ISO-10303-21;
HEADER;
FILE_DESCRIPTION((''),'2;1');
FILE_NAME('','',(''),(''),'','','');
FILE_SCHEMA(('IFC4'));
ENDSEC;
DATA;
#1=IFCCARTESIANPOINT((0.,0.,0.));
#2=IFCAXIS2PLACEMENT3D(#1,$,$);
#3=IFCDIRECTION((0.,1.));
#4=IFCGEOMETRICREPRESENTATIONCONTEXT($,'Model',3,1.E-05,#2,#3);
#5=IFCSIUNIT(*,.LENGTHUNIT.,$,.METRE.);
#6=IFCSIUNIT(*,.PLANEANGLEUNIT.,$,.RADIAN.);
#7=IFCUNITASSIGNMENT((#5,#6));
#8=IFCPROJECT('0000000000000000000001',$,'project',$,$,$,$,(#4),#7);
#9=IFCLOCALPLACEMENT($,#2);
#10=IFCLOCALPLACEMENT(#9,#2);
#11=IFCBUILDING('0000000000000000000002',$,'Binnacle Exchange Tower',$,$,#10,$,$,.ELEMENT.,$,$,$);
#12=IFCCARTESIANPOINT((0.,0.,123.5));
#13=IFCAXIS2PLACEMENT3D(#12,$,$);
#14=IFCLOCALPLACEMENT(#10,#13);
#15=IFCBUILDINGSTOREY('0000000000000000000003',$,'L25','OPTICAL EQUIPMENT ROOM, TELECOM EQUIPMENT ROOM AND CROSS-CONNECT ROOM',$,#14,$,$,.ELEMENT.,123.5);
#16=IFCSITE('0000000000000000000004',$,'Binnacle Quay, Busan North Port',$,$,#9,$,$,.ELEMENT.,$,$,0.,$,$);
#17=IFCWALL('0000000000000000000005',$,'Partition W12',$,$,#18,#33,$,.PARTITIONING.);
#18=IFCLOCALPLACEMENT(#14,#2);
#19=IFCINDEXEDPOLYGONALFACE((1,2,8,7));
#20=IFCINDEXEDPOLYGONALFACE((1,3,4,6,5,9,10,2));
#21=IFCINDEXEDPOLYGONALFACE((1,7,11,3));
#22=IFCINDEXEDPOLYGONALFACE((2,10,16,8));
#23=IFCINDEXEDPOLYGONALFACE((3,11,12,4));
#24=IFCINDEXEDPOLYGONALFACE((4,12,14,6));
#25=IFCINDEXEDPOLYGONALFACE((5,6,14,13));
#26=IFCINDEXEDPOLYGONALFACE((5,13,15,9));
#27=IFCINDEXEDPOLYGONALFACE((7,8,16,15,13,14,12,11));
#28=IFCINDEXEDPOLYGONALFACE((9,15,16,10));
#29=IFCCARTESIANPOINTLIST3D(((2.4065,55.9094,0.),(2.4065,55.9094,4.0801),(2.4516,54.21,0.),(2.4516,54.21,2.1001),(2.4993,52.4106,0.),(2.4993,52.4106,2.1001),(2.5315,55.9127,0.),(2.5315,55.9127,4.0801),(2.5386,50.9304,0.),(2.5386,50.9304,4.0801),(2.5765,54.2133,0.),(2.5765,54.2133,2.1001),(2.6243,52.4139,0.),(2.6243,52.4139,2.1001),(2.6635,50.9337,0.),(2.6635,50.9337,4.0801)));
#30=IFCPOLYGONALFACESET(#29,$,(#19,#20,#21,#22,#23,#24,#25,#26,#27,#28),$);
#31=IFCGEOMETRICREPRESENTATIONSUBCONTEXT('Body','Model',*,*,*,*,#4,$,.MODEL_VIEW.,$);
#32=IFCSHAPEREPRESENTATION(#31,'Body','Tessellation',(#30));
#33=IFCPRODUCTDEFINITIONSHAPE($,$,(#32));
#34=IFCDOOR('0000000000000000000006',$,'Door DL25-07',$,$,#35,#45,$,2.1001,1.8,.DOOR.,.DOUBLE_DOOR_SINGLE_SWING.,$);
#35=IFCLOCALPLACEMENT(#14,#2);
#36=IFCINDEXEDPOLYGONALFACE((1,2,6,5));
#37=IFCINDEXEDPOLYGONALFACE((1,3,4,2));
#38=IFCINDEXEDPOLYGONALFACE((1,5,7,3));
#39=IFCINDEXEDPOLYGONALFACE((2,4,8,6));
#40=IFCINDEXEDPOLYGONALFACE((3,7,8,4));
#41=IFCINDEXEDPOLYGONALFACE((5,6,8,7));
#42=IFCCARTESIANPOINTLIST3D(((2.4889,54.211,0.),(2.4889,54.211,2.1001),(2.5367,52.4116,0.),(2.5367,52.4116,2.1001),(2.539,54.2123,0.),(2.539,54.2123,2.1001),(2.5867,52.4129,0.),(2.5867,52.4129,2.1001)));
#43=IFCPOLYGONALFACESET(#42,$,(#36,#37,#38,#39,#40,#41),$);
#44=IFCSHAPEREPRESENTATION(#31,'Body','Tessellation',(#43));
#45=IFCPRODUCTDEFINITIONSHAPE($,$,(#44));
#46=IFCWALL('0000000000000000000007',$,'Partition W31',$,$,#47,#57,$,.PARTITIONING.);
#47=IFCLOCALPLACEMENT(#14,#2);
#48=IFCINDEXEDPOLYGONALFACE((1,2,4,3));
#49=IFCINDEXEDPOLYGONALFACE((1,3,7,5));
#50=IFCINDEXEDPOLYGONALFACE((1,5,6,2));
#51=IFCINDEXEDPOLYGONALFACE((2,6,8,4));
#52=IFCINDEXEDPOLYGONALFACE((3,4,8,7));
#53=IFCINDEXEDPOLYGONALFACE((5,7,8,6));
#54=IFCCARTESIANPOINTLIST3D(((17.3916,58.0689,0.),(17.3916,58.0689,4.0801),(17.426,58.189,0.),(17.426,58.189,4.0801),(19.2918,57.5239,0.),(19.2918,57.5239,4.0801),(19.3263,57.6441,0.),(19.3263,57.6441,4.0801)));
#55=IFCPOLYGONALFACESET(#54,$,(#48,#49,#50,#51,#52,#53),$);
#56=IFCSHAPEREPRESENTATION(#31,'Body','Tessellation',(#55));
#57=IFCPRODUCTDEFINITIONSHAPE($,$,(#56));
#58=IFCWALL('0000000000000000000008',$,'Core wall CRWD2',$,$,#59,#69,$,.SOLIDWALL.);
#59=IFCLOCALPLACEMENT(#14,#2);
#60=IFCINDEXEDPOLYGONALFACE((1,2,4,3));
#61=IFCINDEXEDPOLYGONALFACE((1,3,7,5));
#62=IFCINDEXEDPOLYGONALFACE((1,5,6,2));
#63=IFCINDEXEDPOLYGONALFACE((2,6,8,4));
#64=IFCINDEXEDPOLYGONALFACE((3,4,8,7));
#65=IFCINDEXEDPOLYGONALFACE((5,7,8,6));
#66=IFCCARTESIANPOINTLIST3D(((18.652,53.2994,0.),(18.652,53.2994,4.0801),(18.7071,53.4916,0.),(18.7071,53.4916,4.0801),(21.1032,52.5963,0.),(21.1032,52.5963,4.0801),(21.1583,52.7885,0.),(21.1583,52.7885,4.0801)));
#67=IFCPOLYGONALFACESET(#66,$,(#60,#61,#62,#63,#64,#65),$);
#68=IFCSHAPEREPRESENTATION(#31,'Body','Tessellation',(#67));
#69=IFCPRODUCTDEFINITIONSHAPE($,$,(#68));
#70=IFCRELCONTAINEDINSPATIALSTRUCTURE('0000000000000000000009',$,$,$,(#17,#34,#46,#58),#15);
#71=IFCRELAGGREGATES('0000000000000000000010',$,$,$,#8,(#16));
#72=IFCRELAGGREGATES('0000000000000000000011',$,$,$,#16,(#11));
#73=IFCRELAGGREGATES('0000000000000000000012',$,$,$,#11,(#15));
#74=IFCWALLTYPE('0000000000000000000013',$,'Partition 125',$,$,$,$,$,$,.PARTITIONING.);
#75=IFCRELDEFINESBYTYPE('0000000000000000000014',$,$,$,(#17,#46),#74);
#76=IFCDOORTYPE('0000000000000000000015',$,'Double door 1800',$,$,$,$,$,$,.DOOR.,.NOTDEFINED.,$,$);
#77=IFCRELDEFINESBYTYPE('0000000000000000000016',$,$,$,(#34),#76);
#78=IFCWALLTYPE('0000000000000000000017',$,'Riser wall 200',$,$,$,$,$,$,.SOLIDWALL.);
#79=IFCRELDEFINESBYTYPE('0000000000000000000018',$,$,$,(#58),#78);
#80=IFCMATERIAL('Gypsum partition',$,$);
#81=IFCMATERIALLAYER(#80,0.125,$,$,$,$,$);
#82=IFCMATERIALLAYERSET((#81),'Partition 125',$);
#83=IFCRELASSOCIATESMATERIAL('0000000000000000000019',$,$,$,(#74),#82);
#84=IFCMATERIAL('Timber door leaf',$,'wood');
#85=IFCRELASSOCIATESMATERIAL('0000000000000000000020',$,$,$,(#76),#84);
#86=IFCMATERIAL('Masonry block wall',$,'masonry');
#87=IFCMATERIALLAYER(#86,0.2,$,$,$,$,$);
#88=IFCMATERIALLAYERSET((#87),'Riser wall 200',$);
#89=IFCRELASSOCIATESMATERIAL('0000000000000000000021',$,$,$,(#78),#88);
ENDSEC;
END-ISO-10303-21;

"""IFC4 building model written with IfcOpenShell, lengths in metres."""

from ifc_helpers import new_model, si_unit, direction, frame, frame_2d, origin, place, context, subcontext, project, spatial, rectangle, extrude, material, layer, layer_set, type_object, element, fill, save


model = new_model("IFC4")

# Units and contexts
model_context = context("Model", 3, precision=1e-05, world=origin(), true_north=direction((0.0, 1.0)))
body_context = subcontext(model_context, "Body", "Model", "MODEL_VIEW")
ifc_project = project(units=[si_unit("LENGTHUNIT", "METRE"), si_unit("PLANEANGLEUNIT", "RADIAN")], contexts=[model_context])

# Site, building, storey
site_placement = place(None, origin())
site = spatial("IfcSite", under=ifc_project, at=site_placement, Name="Binnacle Quay, Busan North Port", CompositionType="ELEMENT", RefElevation=0.0)
building_placement = place(site_placement, origin())
building = spatial("IfcBuilding", under=site, at=building_placement, Name="Binnacle Exchange Tower", CompositionType="ELEMENT")
storey_placement = place(building_placement, frame((0.0, 0.0, 123.5)))
storey = spatial("IfcBuildingStorey", under=building, at=storey_placement, Name="L25", Description="OPTICAL EQUIPMENT ROOM, TELECOM EQUIPMENT ROOM AND CROSS-CONNECT ROOM", CompositionType="ELEMENT", Elevation=123.5)

# Shared definitions
ifc_material_1 = material(Name="Gypsum partition")
ifc_layer_1 = layer(ifc_material_1, 0.125)
ifc_layer_set_1 = layer_set([ifc_layer_1], Name="Partition 125")
wall_type_1 = type_object("IfcWallType", Name="Partition 125", PredefinedType="PARTITIONING", material=ifc_layer_set_1)

# Wall, opening, door
wall_1_placement = place(storey_placement, frame((2.469, 55.9109, 0.0), z_axis=(0.0, 0.0, 1.0), x_axis=(0.026518, -0.999648, 0.0)))
wall_1 = element("IfcWall", 1, at=wall_1_placement, inside=storey, type_object=wall_type_1, Name="Partition W12", PredefinedType="PARTITIONING", context=body_context, shape_type="SweptSolid", body=[
    extrude(rectangle(XDim=4.9807, YDim=0.125, at=frame_2d((2.4902, 0.0))), origin(), (0.0, 0.0, 1.0), 4.0801),
])
opening_1_placement = place(wall_1_placement, frame((1.7, 0.0, 0.0)))
opening_1 = element("IfcOpeningElement", 2, at=opening_1_placement, cuts=wall_1, PredefinedType="OPENING", context=body_context, shape_type="SweptSolid", body=[
    extrude(rectangle(XDim=1.8, YDim=2.1001, at=frame_2d((0.8999, 1.05))), frame((0.0, 0.0725, 0.0), z_axis=(0.0, -1.0, 0.0), x_axis=(1.0, 0.0, 0.0)), (0.0, 0.0, 1.0), 0.145),
])
ifc_material_2 = material(Name="Timber door leaf", Category="wood")
door_type = type_object("IfcDoorType", Name="Double door 1800", OperationType="NOTDEFINED", PredefinedType="DOOR", material=ifc_material_2)
door_placement = place(opening_1_placement, origin())
door = element("IfcDoor", 3, at=door_placement, inside=storey, type_object=door_type, Name="Door DL25-07", OperationType="DOUBLE_DOOR_SINGLE_SWING", OverallHeight=2.1001, OverallWidth=1.8, PredefinedType="DOOR", context=body_context, shape_type="SweptSolid", body=[
    extrude(rectangle(XDim=1.8, YDim=2.1001, at=frame_2d((0.8999, 1.05))), frame((0.0, 0.0249, 0.0), z_axis=(0.0, -1.0, 0.0), x_axis=(1.0, 0.0, 0.0)), (0.0, 0.0, 1.0), 0.05),
])
fill(opening_1, door)

# Walls
wall_2_placement = place(storey_placement, frame((17.4089, 58.1289, 0.0), z_axis=(0.0, 0.0, 1.0), x_axis=(0.961253, -0.275667, 0.0)))
element("IfcWall", 4, at=wall_2_placement, inside=storey, type_object=wall_type_1, Name="Partition W31", PredefinedType="PARTITIONING", context=body_context, shape_type="SweptSolid", body=[
    extrude(rectangle(XDim=1.9768, YDim=0.125, at=frame_2d((0.9883, 0.0))), origin(), (0.0, 0.0, 1.0), 4.0801),
])
ifc_material_3 = material(Name="Masonry block wall", Category="masonry")
ifc_layer_2 = layer(ifc_material_3, 0.2)
ifc_layer_set_2 = layer_set([ifc_layer_2], Name="Riser wall 200")
wall_type_2 = type_object("IfcWallType", Name="Riser wall 200", PredefinedType="SOLIDWALL", material=ifc_layer_set_2)
wall_3_placement = place(storey_placement, frame((18.6797, 53.3955, 0.0), z_axis=(0.0, 0.0, 1.0), x_axis=(0.961234, -0.275733, 0.0)))
element("IfcWall", 5, at=wall_3_placement, inside=storey, type_object=wall_type_2, Name="Core wall CRWD2", PredefinedType="SOLIDWALL", context=body_context, shape_type="SweptSolid", body=[
    extrude(rectangle(XDim=2.55, YDim=0.2, at=frame_2d((1.2749, 0.0))), origin(), (0.0, 0.0, 1.0), 4.0801),
])

save(model, "model.ifc")
